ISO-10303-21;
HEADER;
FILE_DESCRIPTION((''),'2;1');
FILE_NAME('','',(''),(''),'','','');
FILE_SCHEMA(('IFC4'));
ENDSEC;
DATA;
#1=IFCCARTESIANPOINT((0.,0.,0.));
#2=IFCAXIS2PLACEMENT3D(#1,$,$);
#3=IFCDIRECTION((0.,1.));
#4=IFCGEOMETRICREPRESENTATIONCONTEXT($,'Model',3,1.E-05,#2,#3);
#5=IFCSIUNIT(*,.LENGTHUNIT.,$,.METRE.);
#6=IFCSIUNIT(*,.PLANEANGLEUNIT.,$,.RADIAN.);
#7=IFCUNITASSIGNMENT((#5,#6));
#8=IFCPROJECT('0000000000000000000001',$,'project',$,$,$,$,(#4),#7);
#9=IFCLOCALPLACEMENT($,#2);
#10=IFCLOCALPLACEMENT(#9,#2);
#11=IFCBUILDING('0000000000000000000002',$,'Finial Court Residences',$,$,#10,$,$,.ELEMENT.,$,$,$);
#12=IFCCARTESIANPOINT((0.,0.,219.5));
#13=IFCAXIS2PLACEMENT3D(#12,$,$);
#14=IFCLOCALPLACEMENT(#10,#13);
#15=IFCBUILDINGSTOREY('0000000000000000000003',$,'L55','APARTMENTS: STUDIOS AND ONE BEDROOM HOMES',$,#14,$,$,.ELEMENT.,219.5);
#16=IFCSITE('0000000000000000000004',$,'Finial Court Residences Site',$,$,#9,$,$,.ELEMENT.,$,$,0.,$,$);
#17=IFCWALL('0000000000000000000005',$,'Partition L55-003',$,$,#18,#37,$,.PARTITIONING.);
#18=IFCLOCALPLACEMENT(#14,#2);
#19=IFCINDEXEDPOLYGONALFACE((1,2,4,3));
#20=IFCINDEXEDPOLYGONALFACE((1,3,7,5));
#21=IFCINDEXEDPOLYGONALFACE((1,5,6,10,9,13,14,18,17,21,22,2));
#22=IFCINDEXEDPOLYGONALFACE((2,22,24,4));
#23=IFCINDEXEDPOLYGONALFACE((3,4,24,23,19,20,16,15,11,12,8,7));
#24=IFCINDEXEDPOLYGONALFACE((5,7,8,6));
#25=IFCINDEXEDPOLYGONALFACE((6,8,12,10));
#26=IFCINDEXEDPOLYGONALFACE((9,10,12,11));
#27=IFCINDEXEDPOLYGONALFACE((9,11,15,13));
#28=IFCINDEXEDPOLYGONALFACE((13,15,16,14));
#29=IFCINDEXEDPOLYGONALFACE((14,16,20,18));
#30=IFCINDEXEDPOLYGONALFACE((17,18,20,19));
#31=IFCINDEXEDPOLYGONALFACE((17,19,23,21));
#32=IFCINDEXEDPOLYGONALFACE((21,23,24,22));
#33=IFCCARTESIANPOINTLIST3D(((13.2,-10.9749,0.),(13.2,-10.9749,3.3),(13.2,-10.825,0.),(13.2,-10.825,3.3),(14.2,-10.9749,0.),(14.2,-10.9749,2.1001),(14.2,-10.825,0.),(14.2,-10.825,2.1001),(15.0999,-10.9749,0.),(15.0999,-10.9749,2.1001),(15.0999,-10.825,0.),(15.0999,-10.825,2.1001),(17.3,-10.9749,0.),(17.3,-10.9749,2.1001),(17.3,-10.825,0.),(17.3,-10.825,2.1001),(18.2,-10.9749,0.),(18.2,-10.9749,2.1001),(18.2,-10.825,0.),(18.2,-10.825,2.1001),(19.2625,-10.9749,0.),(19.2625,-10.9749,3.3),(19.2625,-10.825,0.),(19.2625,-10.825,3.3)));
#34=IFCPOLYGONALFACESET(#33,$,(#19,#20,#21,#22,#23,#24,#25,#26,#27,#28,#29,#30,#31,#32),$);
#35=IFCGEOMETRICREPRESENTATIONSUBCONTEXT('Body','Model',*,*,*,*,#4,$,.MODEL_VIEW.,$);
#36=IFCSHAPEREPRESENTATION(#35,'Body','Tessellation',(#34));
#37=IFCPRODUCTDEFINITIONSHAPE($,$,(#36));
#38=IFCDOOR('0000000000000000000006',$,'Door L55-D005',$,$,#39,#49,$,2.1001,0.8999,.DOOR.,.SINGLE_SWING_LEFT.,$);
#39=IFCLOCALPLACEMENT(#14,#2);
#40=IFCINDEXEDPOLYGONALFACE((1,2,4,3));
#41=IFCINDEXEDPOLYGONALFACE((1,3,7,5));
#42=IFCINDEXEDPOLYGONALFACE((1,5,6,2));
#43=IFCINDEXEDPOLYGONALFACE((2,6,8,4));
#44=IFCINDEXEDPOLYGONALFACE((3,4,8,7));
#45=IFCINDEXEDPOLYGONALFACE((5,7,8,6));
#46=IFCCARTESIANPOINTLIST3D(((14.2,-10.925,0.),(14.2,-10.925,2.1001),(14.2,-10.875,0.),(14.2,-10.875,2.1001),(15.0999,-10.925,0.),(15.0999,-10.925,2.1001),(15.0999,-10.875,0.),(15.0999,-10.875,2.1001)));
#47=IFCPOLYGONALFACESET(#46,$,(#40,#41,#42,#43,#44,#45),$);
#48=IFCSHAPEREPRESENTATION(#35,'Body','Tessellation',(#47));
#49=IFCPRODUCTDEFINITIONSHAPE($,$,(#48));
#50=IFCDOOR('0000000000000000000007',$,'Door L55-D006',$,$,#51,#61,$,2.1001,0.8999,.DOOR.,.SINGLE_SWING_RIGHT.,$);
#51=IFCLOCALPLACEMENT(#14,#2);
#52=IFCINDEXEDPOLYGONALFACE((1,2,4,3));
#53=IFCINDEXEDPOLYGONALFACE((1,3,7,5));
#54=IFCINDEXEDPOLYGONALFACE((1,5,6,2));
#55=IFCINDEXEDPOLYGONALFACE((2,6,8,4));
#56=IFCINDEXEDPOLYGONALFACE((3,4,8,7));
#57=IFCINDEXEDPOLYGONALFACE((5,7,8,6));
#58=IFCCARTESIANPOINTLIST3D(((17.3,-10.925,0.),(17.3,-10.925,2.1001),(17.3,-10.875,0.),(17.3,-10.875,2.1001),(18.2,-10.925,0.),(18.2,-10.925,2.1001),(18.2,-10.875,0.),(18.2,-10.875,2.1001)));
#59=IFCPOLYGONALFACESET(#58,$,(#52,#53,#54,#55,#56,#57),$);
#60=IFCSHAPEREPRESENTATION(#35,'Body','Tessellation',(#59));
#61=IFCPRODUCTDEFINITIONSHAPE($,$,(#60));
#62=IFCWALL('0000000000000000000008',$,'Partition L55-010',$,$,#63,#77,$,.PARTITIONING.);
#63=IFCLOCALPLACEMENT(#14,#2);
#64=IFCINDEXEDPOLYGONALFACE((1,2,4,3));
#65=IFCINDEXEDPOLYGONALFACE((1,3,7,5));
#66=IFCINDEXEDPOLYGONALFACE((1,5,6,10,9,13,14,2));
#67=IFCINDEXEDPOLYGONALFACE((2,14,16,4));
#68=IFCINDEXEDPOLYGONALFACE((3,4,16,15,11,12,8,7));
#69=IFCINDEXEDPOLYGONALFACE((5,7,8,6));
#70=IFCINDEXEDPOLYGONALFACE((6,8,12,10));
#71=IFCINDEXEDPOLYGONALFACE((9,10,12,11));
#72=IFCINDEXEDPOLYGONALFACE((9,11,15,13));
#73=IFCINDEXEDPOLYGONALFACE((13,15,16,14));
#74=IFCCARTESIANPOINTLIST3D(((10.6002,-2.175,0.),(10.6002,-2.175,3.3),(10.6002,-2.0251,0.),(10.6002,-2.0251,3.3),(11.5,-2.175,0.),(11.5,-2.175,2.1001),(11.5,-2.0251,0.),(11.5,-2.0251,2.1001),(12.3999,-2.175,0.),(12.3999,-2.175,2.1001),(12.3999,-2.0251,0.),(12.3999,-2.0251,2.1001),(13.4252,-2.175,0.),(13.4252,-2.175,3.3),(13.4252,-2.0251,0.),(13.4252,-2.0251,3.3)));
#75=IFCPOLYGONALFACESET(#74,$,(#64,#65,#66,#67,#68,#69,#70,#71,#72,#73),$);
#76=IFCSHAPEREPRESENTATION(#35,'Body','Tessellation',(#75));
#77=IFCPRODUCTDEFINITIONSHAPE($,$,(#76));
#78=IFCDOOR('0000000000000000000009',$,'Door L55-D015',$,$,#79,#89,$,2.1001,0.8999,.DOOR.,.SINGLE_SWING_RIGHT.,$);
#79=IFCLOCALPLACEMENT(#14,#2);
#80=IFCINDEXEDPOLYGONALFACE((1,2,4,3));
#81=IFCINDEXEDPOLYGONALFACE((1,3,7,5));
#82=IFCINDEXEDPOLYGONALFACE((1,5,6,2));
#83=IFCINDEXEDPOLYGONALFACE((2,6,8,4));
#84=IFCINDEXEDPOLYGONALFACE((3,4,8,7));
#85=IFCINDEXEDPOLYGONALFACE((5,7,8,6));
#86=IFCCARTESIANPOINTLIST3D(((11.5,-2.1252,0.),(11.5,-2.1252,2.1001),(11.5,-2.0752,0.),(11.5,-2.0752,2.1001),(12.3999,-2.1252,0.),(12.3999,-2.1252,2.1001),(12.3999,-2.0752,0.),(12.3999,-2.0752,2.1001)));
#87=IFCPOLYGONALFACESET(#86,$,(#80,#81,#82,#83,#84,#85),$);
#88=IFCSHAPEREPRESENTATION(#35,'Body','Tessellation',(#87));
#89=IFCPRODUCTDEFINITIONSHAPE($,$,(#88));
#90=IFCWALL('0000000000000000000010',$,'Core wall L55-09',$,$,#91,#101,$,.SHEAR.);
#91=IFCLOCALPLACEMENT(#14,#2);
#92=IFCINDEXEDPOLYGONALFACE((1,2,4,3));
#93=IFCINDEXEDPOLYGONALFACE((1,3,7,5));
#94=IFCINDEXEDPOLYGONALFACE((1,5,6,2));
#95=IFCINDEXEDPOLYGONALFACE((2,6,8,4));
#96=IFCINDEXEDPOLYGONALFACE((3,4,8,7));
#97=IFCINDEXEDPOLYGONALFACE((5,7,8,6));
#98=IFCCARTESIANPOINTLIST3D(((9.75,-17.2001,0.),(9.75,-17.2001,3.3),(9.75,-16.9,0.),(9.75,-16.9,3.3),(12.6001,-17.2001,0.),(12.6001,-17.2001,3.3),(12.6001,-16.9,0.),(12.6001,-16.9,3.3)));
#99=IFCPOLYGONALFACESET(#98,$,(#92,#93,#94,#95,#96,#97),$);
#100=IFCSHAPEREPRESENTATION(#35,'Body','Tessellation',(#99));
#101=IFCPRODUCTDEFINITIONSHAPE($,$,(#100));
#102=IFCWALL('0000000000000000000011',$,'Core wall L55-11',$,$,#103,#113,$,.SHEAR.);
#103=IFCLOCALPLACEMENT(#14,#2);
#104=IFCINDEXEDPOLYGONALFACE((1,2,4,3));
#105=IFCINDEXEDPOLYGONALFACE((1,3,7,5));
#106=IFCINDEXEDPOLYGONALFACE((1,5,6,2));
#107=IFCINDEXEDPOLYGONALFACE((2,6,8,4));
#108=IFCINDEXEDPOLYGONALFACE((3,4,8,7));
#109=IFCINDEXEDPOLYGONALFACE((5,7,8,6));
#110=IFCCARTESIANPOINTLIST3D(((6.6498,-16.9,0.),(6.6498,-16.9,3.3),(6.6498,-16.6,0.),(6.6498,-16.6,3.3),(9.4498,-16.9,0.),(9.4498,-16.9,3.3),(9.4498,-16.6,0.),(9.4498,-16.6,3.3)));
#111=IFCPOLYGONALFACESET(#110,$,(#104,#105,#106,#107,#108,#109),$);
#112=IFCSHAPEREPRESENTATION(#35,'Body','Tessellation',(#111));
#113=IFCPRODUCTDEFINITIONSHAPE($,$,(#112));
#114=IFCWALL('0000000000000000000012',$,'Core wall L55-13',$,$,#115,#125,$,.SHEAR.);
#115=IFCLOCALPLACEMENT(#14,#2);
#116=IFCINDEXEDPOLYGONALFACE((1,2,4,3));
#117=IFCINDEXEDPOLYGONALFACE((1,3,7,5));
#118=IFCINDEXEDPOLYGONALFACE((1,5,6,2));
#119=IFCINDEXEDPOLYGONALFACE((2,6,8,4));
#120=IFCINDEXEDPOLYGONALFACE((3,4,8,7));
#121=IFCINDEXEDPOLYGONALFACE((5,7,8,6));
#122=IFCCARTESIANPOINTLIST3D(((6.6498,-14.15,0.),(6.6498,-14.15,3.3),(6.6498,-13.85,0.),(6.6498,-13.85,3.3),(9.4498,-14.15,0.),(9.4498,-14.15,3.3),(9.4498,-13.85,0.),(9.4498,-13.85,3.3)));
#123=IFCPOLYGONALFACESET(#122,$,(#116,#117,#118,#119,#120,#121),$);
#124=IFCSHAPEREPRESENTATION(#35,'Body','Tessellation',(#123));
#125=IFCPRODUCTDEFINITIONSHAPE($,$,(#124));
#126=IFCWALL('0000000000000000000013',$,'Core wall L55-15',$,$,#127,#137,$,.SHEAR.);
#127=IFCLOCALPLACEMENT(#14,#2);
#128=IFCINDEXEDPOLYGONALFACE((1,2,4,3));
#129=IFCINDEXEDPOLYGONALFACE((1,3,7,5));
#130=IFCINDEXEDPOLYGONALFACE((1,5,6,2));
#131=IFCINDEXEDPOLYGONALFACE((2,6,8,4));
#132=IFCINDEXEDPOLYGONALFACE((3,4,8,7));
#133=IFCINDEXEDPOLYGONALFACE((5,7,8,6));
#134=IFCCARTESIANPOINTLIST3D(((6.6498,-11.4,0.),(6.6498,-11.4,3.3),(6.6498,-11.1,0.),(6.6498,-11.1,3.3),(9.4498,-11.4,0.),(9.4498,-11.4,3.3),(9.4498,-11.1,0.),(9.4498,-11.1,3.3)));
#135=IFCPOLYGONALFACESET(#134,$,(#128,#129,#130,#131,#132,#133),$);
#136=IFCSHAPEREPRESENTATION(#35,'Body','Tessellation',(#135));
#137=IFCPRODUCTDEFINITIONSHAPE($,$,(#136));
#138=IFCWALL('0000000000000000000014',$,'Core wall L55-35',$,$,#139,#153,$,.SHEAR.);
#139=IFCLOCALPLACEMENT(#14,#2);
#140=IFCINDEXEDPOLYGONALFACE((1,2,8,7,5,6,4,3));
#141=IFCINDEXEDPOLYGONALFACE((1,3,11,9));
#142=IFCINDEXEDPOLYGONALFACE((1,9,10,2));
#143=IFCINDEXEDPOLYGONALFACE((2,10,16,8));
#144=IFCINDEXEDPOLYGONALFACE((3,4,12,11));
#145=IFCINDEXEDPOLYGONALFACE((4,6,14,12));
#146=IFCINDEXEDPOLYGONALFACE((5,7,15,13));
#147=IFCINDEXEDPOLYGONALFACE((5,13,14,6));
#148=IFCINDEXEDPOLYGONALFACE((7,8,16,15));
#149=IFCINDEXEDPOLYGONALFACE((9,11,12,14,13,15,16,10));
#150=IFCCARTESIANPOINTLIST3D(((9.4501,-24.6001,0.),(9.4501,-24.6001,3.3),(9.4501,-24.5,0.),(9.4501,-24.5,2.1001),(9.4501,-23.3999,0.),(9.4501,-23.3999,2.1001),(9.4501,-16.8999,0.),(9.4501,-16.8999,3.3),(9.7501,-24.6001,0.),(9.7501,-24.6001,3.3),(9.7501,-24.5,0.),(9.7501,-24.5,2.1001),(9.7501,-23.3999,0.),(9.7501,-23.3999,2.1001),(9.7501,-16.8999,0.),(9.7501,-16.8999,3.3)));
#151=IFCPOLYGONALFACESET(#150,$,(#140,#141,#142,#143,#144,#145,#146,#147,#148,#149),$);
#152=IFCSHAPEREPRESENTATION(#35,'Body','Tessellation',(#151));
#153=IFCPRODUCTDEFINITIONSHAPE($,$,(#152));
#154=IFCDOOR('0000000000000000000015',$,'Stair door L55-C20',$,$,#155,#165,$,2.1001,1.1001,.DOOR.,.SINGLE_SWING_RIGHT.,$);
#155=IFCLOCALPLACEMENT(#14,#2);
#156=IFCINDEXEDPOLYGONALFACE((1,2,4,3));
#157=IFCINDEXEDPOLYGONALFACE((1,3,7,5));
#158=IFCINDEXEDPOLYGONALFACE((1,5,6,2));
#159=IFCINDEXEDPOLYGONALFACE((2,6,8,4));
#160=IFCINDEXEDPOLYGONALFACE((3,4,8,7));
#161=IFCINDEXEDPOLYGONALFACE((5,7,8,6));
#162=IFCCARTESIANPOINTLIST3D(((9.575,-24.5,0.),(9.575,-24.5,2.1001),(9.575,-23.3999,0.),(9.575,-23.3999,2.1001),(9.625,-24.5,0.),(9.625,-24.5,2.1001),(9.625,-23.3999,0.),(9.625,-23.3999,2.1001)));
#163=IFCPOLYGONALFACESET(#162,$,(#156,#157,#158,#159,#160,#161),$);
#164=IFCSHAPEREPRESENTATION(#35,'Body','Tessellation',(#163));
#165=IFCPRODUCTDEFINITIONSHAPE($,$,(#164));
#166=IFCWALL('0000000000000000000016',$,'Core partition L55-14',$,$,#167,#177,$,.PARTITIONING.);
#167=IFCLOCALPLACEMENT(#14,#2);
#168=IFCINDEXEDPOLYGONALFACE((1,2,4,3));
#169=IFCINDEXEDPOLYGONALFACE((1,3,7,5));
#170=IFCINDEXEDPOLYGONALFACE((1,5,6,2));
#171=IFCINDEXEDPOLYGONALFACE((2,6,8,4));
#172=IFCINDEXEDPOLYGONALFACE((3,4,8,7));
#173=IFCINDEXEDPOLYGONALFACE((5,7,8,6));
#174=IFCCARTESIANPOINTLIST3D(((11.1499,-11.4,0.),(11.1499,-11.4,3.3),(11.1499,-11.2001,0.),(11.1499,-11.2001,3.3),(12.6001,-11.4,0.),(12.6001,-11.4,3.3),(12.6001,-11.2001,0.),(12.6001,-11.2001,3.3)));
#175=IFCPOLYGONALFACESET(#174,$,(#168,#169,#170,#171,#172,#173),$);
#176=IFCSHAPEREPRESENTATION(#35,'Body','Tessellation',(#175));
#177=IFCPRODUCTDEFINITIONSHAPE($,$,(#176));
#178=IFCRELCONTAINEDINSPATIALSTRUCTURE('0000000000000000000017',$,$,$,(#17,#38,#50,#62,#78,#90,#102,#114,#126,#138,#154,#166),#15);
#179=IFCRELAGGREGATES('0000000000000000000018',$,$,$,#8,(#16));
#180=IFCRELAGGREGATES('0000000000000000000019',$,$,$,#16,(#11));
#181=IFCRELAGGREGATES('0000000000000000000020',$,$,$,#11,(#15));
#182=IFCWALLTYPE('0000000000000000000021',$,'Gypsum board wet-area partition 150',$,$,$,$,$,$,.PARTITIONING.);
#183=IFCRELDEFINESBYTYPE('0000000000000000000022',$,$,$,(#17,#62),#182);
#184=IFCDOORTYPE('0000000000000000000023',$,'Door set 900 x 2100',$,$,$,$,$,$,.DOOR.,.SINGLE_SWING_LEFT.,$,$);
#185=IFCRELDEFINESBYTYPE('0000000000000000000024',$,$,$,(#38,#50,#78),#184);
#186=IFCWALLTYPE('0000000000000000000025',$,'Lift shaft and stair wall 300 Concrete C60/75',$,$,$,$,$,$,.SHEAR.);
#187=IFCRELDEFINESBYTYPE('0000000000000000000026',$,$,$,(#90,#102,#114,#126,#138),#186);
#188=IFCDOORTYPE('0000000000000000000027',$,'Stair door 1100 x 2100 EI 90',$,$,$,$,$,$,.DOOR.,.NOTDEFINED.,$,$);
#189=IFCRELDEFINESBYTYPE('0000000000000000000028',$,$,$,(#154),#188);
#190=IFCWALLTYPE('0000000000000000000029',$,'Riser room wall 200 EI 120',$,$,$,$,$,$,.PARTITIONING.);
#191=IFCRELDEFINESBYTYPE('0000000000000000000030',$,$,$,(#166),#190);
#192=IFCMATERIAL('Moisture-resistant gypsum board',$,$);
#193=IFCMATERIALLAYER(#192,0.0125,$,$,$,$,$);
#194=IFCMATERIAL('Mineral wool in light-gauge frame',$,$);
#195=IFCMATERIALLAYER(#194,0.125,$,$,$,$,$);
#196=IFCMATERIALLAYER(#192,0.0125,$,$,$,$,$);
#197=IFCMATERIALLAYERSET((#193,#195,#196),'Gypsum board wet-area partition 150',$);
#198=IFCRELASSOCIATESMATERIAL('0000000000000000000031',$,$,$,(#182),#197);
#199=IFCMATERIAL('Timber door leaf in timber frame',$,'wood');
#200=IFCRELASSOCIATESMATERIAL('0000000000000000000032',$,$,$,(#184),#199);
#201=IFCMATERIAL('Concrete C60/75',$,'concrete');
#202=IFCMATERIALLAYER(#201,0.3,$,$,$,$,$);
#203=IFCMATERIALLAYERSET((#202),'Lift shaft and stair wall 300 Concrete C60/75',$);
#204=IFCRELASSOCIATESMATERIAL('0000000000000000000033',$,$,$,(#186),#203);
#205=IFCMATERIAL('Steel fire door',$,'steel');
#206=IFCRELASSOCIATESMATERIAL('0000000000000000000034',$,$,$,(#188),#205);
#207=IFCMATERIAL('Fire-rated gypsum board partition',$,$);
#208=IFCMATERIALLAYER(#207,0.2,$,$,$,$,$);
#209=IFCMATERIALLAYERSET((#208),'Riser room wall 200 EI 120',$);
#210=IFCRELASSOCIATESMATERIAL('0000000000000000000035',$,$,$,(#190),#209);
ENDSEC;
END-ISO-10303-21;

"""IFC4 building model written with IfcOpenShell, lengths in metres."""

from ifc_helpers import new_model, si_unit, direction, frame, frame_2d, origin, place, context, subcontext, project, spatial, rectangle, extrude, material, layer, layer_set, type_object, element, fill, save


model = new_model("IFC4")

# Units and contexts
model_context = context("Model", 3, precision=1e-05, world=origin(), true_north=direction((0.0, 1.0)))
body_context = subcontext(model_context, "Body", "Model", "MODEL_VIEW")
ifc_project = project(units=[si_unit("LENGTHUNIT", "METRE"), si_unit("PLANEANGLEUNIT", "RADIAN")], contexts=[model_context])

# Site, building, storey
site_placement = place(None, origin())
site = spatial("IfcSite", under=ifc_project, at=site_placement, Name="Finial Court Residences Site", CompositionType="ELEMENT", RefElevation=0.0)
building_placement = place(site_placement, origin())
building = spatial("IfcBuilding", under=site, at=building_placement, Name="Finial Court Residences", CompositionType="ELEMENT")
storey_placement = place(building_placement, frame((0.0, 0.0, 219.5)))
storey = spatial("IfcBuildingStorey", under=building, at=storey_placement, Name="L55", Description="APARTMENTS: STUDIOS AND ONE BEDROOM HOMES", CompositionType="ELEMENT", Elevation=219.5)

# Shared definitions
ifc_material_1 = material(Name="Mineral wool in light-gauge frame")

# Shared definitions
ifc_material_2 = material(Name="Moisture-resistant gypsum board")
ifc_layer_1 = layer(ifc_material_2, 0.0125)
ifc_layer_2 = layer(ifc_material_1, 0.125)
ifc_layer_3 = layer(ifc_material_2, 0.0125)
ifc_layer_set_1 = layer_set([ifc_layer_1, ifc_layer_2, ifc_layer_3], Name="Gypsum board wet-area partition 150")
wall_type_1 = type_object("IfcWallType", Name="Gypsum board wet-area partition 150", PredefinedType="PARTITIONING", material=ifc_layer_set_1)
ifc_material_3 = material(Name="Timber door leaf in timber frame", Category="wood")
door_type_1 = type_object("IfcDoorType", Name="Door set 900 x 2100", OperationType="SINGLE_SWING_LEFT", PredefinedType="DOOR", material=ifc_material_3)

# Wall, openings, doors
wall_1_placement = place(storey_placement, frame((13.2, -10.8999, 0.0), z_axis=(0.0, 0.0, 1.0), x_axis=(1.0, 0.0, 0.0)))
wall_1 = element("IfcWall", 1, at=wall_1_placement, inside=storey, type_object=wall_type_1, Name="Partition L55-003", PredefinedType="PARTITIONING", context=body_context, shape_type="SweptSolid", body=[
    extrude(rectangle(XDim=6.0625, YDim=0.1499, at=frame_2d((3.0312, 0.0))), origin(), (0.0, 0.0, 1.0), 3.3),
])
opening_1_placement = place(wall_1_placement, frame((1.0, 0.0, 0.0)))
opening_1 = element("IfcOpeningElement", 2, at=opening_1_placement, cuts=wall_1, PredefinedType="OPENING", context=body_context, shape_type="SweptSolid", body=[
    extrude(rectangle(XDim=0.8999, YDim=2.1001, at=frame_2d((0.45, 1.05))), frame((0.0, 0.085, 0.0), z_axis=(0.0, -1.0, 0.0), x_axis=(1.0, 0.0, 0.0)), (0.0, 0.0, 1.0), 0.1699),
])
opening_2_placement = place(wall_1_placement, frame((4.1001, 0.0, 0.0)))
opening_2 = element("IfcOpeningElement", 3, at=opening_2_placement, cuts=wall_1, PredefinedType="OPENING", context=body_context, shape_type="SweptSolid", body=[
    extrude(rectangle(XDim=0.8999, YDim=2.1001, at=frame_2d((0.45, 1.05))), frame((0.0, 0.085, 0.0), z_axis=(0.0, -1.0, 0.0), x_axis=(1.0, 0.0, 0.0)), (0.0, 0.0, 1.0), 0.1699),
])
door_1_placement = place(opening_1_placement, origin())
door_1 = element("IfcDoor", 4, at=door_1_placement, inside=storey, type_object=door_type_1, Name="Door L55-D005", OperationType="SINGLE_SWING_LEFT", OverallHeight=2.1001, OverallWidth=0.8999, PredefinedType="DOOR", context=body_context, shape_type="SweptSolid", body=[
    extrude(rectangle(XDim=0.8999, YDim=2.1001, at=frame_2d((0.45, 1.05))), frame((0.0, 0.0249, 0.0), z_axis=(0.0, -1.0, 0.0), x_axis=(1.0, 0.0, 0.0)), (0.0, 0.0, 1.0), 0.05),
])
fill(opening_1, door_1)
door_2_placement = place(opening_2_placement, origin())
door_2 = element("IfcDoor", 5, at=door_2_placement, inside=storey, type_object=door_type_1, Name="Door L55-D006", OperationType="SINGLE_SWING_RIGHT", OverallHeight=2.1001, OverallWidth=0.8999, PredefinedType="DOOR", context=body_context, shape_type="SweptSolid", body=[
    extrude(rectangle(XDim=0.8999, YDim=2.1001, at=frame_2d((0.45, 1.05))), frame((0.0, 0.0249, 0.0), z_axis=(0.0, -1.0, 0.0), x_axis=(1.0, 0.0, 0.0)), (0.0, 0.0, 1.0), 0.05),
])
fill(opening_2, door_2)

# Wall, opening, door
wall_2_placement = place(storey_placement, frame((10.6001, -2.1001, 0.0), z_axis=(0.0, 0.0, 1.0), x_axis=(1.0, 0.0, 0.0)))
wall_2 = element("IfcWall", 6, at=wall_2_placement, inside=storey, type_object=wall_type_1, Name="Partition L55-010", PredefinedType="PARTITIONING", context=body_context, shape_type="SweptSolid", body=[
    extrude(rectangle(XDim=2.825, YDim=0.1499, at=frame_2d((1.4126, 0.0))), origin(), (0.0, 0.0, 1.0), 3.3),
])
opening_3_placement = place(wall_2_placement, frame((0.8999, 0.0, 0.0)))
opening_3 = element("IfcOpeningElement", 7, at=opening_3_placement, cuts=wall_2, PredefinedType="OPENING", context=body_context, shape_type="SweptSolid", body=[
    extrude(rectangle(XDim=0.8999, YDim=2.1001, at=frame_2d((0.45, 1.05))), frame((0.0, 0.085, 0.0), z_axis=(0.0, -1.0, 0.0), x_axis=(1.0, 0.0, 0.0)), (0.0, 0.0, 1.0), 0.1699),
])
door_3_placement = place(opening_3_placement, origin())
door_3 = element("IfcDoor", 8, at=door_3_placement, inside=storey, type_object=door_type_1, Name="Door L55-D015", OperationType="SINGLE_SWING_RIGHT", OverallHeight=2.1001, OverallWidth=0.8999, PredefinedType="DOOR", context=body_context, shape_type="SweptSolid", body=[
    extrude(rectangle(XDim=0.8999, YDim=2.1001, at=frame_2d((0.45, 1.05))), frame((0.0, 0.0249, 0.0), z_axis=(0.0, -1.0, 0.0), x_axis=(1.0, 0.0, 0.0)), (0.0, 0.0, 1.0), 0.05),
])
fill(opening_3, door_3)

# Walls
ifc_material_4 = material(Name="Concrete C60/75", Category="concrete")
ifc_layer_4 = layer(ifc_material_4, 0.3)
ifc_layer_set_2 = layer_set([ifc_layer_4], Name="Lift shaft and stair wall 300 Concrete C60/75")
wall_type_2 = type_object("IfcWallType", Name="Lift shaft and stair wall 300 Concrete C60/75", PredefinedType="SHEAR", material=ifc_layer_set_2)
wall_3_placement = place(storey_placement, frame((9.75, -17.05, 0.0), z_axis=(0.0, 0.0, 1.0), x_axis=(1.0, 0.0, 0.0)))
element("IfcWall", 9, at=wall_3_placement, inside=storey, type_object=wall_type_2, Name="Core wall L55-09", PredefinedType="SHEAR", context=body_context, shape_type="SweptSolid", body=[
    extrude(rectangle(XDim=2.8501, YDim=0.3, at=frame_2d((1.425, 0.0))), origin(), (0.0, 0.0, 1.0), 3.3),
])
for number, where, z_axis, x_axis, name in (
    (10, (6.6499, -16.75, 0.0), (0.0, 0.0, 1.0), (1.0, 0.0, 0.0), "Core wall L55-11"),
    (11, (6.6499, -14.0, 0.0), (0.0, 0.0, 1.0), (1.0, 0.0, 0.0), "Core wall L55-13"),
    (12, (6.6499, -11.25, 0.0), (0.0, 0.0, 1.0), (1.0, 0.0, 0.0), "Core wall L55-15"),
):
    element("IfcWall", number, at=place(storey_placement, frame(where, z_axis=z_axis, x_axis=x_axis)), inside=storey, type_object=wall_type_2, Name=name, PredefinedType="SHEAR", context=body_context, shape_type="SweptSolid", body=[
        extrude(rectangle(XDim=2.8, YDim=0.3, at=frame_2d((1.3999, 0.0))), origin(), (0.0, 0.0, 1.0), 3.3),
    ])

# Wall, opening, door
wall_4_placement = place(storey_placement, frame((9.6001, -16.8999, 0.0), z_axis=(0.0, 0.0, 1.0), x_axis=(0.0, -1.0, 0.0)))
wall_4 = element("IfcWall", 13, at=wall_4_placement, inside=storey, type_object=wall_type_2, Name="Core wall L55-35", PredefinedType="SHEAR", context=body_context, shape_type="SweptSolid", body=[
    extrude(rectangle(XDim=7.7002, YDim=0.3, at=frame_2d((3.8501, 0.0))), origin(), (0.0, 0.0, 1.0), 3.3),
])
opening_4_placement = place(wall_4_placement, frame((6.5, 0.0, 0.0)))
opening_4 = element("IfcOpeningElement", 14, at=opening_4_placement, cuts=wall_4, PredefinedType="OPENING", context=body_context, shape_type="SweptSolid", body=[
    extrude(rectangle(XDim=1.1001, YDim=2.1001, at=frame_2d((0.55, 1.05))), frame((0.0, 0.1599, 0.0), z_axis=(0.0, -1.0, 0.0), x_axis=(1.0, 0.0, 0.0)), (0.0, 0.0, 1.0), 0.3201),
])
ifc_material_5 = material(Name="Steel fire door", Category="steel")
door_type_2 = type_object("IfcDoorType", Name="Stair door 1100 x 2100 EI 90", OperationType="NOTDEFINED", PredefinedType="DOOR", material=ifc_material_5)
door_4_placement = place(opening_4_placement, origin())
door_4 = element("IfcDoor", 15, at=door_4_placement, inside=storey, type_object=door_type_2, Name="Stair door L55-C20", OperationType="SINGLE_SWING_RIGHT", OverallHeight=2.1001, OverallWidth=1.1001, PredefinedType="DOOR", context=body_context, shape_type="SweptSolid", body=[
    extrude(rectangle(XDim=1.1001, YDim=2.1001, at=frame_2d((0.55, 1.05))), frame((0.0, 0.0249, 0.0), z_axis=(0.0, -1.0, 0.0), x_axis=(1.0, 0.0, 0.0)), (0.0, 0.0, 1.0), 0.05),
])
fill(opening_4, door_4)

# Wall
ifc_material_6 = material(Name="Fire-rated gypsum board partition")
ifc_layer_5 = layer(ifc_material_6, 0.2)
ifc_layer_set_3 = layer_set([ifc_layer_5], Name="Riser room wall 200 EI 120")
wall_type_3 = type_object("IfcWallType", Name="Riser room wall 200 EI 120", PredefinedType="PARTITIONING", material=ifc_layer_set_3)
wall_5_placement = place(storey_placement, frame((11.1499, -11.3, 0.0), z_axis=(0.0, 0.0, 1.0), x_axis=(1.0, 0.0, 0.0)))
element("IfcWall", 16, at=wall_5_placement, inside=storey, type_object=wall_type_3, Name="Core partition L55-14", PredefinedType="PARTITIONING", context=body_context, shape_type="SweptSolid", body=[
    extrude(rectangle(XDim=1.4502, YDim=0.2, at=frame_2d((0.7251, 0.0))), origin(), (0.0, 0.0, 1.0), 3.3),
])

save(model, "model.ifc")
